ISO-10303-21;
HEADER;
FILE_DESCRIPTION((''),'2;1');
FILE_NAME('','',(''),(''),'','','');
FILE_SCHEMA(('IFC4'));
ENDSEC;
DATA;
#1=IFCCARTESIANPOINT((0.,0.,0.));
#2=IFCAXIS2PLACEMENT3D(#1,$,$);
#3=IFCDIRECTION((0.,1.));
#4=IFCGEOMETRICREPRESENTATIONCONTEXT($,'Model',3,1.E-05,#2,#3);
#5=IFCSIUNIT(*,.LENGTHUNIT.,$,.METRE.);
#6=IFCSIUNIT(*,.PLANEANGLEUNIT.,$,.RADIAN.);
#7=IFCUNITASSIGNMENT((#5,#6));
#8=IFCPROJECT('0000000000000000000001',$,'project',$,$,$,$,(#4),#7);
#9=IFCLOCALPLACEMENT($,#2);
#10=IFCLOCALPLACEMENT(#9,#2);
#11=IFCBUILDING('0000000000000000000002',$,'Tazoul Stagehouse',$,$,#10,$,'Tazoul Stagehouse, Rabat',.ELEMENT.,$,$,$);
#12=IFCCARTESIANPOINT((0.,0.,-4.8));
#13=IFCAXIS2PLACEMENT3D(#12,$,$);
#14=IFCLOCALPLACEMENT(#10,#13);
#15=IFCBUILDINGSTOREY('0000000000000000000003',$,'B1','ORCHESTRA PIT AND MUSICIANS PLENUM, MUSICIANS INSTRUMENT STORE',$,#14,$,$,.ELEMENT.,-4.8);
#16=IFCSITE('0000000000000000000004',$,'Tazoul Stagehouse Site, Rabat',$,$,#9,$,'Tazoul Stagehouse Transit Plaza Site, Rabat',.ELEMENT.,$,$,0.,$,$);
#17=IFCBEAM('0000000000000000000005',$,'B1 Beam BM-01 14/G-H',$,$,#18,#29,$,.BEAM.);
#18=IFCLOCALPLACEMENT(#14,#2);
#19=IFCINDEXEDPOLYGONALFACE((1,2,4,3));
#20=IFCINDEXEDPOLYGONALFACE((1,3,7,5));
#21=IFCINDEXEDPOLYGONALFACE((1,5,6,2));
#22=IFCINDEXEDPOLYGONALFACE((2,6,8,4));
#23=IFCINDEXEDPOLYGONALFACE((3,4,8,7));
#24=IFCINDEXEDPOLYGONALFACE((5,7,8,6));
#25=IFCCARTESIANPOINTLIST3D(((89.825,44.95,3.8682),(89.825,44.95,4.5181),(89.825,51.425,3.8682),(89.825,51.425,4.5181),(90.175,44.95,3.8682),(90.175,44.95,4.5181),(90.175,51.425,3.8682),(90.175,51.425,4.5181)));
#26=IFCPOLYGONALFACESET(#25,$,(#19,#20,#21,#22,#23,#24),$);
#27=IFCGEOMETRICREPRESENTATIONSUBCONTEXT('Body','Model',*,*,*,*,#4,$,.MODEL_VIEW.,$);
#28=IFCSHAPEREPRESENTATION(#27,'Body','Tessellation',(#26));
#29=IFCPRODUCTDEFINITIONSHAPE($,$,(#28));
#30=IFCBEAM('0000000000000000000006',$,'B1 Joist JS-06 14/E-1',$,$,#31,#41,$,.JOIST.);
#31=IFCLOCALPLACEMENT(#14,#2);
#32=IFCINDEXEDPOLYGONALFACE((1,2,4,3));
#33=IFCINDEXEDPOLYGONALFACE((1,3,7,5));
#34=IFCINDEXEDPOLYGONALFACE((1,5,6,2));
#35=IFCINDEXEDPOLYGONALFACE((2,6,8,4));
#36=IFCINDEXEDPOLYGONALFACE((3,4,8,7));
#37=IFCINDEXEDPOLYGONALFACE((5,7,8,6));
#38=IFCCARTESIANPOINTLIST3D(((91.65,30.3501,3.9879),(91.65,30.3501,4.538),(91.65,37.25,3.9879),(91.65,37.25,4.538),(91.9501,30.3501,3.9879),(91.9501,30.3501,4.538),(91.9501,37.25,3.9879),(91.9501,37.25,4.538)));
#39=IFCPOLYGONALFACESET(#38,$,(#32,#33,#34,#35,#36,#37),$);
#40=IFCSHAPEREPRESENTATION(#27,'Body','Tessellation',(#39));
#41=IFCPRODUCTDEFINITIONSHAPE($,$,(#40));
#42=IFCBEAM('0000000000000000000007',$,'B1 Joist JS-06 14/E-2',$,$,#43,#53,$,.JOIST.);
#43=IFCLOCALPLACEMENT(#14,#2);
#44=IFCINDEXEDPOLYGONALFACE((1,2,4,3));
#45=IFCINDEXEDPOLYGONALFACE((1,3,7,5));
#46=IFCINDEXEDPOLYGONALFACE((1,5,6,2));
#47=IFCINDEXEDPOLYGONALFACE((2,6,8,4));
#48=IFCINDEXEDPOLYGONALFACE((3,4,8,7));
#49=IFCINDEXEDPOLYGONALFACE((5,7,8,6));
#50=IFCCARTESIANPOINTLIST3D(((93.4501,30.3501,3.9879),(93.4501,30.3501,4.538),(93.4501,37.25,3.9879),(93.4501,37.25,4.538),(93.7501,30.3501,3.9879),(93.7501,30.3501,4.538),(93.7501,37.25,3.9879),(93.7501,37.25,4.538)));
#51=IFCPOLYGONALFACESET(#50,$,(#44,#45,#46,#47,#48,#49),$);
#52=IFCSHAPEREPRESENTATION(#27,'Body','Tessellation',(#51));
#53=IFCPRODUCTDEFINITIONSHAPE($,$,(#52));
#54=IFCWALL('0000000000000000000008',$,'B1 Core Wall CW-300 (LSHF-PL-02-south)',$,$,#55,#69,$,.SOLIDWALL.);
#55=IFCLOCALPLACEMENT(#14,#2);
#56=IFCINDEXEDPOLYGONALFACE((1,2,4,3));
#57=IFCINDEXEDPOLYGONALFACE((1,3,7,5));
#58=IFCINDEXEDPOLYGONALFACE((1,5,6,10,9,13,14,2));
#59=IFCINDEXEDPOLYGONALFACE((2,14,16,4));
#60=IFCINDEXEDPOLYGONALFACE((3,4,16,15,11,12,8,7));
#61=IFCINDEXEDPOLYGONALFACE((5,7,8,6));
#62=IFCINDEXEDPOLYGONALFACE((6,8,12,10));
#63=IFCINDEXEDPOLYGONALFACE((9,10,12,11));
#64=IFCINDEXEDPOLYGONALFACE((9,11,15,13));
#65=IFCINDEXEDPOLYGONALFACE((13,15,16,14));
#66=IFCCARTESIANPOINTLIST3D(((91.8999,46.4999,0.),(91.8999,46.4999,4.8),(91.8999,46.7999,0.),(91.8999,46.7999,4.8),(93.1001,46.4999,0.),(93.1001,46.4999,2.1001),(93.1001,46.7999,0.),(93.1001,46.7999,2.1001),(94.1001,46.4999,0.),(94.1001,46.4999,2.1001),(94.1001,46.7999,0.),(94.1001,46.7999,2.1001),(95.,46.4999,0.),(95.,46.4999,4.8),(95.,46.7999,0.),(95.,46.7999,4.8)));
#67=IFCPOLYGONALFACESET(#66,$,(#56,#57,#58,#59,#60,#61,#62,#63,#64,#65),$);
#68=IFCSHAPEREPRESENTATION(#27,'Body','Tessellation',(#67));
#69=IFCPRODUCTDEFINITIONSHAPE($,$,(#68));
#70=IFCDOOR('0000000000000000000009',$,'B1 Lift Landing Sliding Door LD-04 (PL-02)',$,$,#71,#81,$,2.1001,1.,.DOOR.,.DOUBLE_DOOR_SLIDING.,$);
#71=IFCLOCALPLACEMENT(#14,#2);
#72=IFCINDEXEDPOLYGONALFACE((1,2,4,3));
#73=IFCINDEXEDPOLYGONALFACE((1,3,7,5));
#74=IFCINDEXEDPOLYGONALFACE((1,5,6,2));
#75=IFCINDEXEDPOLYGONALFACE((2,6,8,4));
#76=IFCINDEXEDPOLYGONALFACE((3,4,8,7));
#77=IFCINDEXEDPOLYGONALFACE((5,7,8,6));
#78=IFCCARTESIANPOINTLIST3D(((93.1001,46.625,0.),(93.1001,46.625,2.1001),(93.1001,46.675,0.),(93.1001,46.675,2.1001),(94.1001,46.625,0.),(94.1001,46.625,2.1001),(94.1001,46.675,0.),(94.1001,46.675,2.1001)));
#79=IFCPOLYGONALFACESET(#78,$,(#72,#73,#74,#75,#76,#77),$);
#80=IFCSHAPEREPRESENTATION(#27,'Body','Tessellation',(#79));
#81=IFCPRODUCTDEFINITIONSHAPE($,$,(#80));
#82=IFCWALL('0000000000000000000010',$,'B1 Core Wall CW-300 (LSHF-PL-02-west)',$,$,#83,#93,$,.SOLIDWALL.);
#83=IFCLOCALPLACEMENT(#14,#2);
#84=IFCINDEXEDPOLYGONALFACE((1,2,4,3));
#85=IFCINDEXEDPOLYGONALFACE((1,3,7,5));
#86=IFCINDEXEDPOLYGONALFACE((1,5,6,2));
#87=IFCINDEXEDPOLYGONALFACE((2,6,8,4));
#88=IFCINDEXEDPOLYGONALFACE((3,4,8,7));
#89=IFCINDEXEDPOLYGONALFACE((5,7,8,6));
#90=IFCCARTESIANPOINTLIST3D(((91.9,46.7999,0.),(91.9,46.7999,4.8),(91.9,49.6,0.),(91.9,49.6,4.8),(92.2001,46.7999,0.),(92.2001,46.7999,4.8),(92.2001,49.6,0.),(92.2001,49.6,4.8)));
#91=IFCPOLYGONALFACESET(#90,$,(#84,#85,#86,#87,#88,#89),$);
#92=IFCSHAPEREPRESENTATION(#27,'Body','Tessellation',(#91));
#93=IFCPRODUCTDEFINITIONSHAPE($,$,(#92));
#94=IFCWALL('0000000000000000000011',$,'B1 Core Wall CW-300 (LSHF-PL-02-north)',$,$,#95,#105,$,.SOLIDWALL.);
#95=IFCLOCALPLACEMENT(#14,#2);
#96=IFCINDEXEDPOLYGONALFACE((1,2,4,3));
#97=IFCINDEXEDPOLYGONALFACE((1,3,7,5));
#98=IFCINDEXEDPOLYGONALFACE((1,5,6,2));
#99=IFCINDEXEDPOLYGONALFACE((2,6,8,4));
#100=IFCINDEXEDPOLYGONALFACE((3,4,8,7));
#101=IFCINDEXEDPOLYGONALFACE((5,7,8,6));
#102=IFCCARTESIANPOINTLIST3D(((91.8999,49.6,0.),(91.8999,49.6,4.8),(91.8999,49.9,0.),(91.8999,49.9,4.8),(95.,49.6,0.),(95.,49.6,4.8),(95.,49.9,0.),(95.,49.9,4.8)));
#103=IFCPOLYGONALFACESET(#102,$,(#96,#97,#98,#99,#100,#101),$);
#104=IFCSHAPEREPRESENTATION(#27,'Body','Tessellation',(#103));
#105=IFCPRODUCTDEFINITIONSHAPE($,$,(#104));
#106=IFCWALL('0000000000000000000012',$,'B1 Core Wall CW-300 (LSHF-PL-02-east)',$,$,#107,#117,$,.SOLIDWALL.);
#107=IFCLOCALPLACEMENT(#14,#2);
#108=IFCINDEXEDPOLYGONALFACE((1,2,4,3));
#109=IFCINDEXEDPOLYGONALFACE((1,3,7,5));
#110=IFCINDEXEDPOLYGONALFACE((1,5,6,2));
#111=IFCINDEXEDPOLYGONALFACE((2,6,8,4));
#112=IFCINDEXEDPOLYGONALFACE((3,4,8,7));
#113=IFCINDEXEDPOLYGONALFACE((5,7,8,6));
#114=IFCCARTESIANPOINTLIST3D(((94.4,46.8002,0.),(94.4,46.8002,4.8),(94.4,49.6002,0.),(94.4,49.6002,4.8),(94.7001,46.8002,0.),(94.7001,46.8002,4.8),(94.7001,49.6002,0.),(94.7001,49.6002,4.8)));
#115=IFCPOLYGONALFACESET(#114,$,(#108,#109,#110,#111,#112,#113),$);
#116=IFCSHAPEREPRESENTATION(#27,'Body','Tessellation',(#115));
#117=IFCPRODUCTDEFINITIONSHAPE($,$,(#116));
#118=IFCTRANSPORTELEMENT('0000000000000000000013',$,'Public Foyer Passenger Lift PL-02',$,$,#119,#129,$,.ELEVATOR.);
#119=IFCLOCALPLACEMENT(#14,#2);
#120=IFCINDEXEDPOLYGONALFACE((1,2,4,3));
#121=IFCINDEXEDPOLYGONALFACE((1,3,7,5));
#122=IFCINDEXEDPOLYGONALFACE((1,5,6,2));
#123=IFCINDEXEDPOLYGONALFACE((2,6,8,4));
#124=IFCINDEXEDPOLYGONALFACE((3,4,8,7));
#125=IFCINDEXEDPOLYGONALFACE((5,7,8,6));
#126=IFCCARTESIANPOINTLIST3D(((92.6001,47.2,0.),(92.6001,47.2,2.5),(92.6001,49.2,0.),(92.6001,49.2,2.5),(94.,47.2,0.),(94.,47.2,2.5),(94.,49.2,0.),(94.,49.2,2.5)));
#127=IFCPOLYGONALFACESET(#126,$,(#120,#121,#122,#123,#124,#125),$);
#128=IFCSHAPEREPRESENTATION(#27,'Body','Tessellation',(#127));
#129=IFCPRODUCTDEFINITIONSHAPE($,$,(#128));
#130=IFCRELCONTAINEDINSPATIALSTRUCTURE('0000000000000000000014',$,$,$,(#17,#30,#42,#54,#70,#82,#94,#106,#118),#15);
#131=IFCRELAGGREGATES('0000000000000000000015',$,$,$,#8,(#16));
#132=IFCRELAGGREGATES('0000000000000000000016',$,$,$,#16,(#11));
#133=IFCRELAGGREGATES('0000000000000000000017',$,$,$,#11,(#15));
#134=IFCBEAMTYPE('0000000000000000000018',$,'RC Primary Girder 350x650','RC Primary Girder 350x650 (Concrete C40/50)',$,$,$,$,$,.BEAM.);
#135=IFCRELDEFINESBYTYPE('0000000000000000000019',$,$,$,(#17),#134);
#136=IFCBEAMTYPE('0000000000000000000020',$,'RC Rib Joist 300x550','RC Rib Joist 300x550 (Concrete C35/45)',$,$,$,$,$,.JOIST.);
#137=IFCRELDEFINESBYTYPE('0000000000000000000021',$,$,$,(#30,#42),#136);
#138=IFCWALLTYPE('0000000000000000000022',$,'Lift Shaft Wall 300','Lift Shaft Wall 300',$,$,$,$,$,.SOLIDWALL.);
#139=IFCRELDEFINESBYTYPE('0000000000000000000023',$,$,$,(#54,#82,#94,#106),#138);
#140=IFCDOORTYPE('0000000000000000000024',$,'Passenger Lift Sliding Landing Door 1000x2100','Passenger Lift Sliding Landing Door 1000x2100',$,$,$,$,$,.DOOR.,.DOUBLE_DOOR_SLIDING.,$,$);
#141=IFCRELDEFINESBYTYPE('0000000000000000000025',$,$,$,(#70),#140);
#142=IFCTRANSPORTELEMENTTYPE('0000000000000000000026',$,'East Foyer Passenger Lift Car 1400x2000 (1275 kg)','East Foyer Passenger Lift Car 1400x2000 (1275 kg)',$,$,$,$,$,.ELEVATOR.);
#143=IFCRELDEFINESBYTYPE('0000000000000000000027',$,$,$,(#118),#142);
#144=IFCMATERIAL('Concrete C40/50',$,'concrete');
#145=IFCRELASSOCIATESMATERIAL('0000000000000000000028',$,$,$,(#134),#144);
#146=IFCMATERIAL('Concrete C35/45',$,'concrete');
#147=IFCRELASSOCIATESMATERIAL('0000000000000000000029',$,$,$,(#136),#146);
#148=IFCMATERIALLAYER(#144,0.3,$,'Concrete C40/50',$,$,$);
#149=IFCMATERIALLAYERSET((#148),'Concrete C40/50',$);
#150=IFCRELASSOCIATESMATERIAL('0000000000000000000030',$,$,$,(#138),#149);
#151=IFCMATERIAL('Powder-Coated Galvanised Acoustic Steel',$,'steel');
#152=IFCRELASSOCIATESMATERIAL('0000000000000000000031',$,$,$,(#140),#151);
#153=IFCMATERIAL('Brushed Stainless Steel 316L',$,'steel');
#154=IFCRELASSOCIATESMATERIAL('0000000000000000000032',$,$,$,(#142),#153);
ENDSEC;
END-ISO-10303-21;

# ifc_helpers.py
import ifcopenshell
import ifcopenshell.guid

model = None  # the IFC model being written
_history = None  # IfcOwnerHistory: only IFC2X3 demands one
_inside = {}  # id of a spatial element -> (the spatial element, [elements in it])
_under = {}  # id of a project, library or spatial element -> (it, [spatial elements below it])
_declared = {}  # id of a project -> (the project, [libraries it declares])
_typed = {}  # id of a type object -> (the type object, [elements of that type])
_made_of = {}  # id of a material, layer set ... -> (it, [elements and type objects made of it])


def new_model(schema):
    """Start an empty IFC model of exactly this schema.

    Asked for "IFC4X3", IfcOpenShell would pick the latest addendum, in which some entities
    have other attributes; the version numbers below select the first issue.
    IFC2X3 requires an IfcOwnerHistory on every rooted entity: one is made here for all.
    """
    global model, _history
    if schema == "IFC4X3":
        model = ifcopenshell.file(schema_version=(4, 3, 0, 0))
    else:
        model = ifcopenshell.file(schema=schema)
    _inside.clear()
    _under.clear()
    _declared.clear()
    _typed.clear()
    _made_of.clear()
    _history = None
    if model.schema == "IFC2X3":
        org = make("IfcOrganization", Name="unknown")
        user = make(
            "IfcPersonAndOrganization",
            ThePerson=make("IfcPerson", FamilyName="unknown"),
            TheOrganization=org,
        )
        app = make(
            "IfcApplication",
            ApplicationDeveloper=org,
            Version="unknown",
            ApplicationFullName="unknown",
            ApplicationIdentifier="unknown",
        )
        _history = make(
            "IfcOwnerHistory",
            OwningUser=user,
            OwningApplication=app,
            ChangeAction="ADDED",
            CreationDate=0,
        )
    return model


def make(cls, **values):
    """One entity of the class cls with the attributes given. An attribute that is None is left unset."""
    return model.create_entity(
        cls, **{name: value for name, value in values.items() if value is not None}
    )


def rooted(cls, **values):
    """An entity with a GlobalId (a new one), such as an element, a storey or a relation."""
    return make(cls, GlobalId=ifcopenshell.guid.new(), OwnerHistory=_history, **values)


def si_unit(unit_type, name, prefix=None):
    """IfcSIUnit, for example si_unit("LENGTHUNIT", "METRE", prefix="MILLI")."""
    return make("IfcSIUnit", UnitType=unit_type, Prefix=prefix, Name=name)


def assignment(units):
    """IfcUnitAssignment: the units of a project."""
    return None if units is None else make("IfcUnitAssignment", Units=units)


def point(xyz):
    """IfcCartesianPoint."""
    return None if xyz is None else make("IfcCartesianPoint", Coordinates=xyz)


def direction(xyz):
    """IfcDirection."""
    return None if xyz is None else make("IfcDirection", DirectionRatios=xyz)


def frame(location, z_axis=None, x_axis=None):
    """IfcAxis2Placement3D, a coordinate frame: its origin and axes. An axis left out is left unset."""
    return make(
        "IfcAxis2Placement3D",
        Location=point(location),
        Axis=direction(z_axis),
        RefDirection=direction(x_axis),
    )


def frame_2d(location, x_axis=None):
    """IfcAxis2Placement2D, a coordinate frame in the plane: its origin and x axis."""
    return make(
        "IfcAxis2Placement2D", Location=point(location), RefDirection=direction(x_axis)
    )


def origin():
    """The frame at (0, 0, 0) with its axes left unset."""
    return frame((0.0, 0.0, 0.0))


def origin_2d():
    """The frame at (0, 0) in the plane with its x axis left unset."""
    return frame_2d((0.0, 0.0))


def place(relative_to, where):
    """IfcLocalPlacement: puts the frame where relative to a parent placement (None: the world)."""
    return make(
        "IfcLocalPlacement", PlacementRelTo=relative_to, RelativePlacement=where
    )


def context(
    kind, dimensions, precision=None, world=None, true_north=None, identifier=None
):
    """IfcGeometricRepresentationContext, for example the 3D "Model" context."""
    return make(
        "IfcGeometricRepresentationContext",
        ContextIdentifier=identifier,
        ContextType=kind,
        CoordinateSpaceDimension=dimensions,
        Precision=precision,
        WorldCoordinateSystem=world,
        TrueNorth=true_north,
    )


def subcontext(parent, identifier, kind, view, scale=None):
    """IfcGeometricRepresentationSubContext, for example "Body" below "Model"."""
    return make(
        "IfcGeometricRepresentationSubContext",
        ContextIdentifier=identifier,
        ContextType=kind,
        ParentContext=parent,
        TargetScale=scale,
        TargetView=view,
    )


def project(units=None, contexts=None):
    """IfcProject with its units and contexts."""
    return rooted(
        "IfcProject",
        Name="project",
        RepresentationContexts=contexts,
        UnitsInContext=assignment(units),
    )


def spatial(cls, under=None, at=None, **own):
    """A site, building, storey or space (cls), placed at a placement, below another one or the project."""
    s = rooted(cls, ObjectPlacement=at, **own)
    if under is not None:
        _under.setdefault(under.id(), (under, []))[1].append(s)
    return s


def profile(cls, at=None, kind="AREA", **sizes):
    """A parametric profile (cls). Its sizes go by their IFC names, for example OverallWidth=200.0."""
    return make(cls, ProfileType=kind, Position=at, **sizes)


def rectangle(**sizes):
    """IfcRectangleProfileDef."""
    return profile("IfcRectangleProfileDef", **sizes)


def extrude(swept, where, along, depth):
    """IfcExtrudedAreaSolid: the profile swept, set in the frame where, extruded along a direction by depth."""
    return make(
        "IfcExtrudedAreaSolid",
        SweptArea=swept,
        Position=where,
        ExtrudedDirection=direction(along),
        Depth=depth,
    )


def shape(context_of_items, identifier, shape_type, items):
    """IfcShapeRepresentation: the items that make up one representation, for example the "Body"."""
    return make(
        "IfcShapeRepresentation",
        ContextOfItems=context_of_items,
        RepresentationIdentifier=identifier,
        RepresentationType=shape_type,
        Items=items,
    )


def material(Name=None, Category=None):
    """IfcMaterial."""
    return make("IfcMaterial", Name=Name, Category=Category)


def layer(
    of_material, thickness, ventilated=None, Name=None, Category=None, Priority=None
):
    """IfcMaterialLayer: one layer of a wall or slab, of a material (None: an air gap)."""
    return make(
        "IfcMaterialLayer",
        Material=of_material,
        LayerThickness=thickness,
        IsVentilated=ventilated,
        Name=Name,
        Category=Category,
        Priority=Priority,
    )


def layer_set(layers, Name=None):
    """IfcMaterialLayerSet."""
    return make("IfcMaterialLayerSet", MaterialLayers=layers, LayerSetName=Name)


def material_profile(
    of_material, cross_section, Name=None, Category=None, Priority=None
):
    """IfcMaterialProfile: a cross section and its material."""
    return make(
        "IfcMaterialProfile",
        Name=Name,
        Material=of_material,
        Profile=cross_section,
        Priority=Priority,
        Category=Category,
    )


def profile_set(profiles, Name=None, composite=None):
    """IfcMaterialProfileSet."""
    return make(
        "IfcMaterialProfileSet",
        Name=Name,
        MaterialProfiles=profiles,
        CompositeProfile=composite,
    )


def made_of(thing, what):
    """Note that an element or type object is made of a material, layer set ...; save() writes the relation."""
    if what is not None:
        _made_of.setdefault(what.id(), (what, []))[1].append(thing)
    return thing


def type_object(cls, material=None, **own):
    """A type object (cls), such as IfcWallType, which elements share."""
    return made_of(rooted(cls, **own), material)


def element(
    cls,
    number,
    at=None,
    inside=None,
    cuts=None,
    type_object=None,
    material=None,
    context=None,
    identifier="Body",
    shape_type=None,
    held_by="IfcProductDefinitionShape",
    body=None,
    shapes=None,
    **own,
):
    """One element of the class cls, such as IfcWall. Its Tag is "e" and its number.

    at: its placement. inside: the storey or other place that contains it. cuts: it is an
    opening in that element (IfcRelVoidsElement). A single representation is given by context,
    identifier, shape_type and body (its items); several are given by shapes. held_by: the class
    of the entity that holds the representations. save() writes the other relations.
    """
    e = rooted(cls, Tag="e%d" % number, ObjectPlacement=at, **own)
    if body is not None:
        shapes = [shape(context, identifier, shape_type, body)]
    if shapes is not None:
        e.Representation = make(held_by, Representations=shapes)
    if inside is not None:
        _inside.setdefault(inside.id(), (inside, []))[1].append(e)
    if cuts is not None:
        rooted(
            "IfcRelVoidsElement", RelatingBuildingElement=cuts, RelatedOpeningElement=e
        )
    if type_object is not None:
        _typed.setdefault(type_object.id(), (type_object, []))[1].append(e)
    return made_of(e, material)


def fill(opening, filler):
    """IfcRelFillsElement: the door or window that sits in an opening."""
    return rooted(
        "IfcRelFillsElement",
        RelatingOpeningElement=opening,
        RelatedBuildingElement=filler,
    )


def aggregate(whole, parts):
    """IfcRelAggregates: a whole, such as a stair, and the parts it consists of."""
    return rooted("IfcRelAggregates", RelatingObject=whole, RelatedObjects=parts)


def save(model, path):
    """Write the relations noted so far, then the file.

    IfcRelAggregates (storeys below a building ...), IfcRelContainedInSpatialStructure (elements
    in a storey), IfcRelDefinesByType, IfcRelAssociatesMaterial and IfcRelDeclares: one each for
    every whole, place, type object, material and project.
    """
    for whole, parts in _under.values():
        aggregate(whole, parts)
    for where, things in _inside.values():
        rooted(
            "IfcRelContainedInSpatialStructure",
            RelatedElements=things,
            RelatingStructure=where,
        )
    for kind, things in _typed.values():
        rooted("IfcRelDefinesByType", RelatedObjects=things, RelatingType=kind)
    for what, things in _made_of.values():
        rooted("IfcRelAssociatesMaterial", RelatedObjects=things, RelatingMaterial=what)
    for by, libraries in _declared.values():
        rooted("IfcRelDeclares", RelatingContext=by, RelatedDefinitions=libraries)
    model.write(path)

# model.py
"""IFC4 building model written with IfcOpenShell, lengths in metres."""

from ifc_helpers import new_model, si_unit, direction, frame, frame_2d, origin, origin_2d, place, context, subcontext, project, spatial, rectangle, extrude, material, layer, layer_set, material_profile, profile_set, type_object, element, fill, save


model = new_model("IFC4")

# Units and contexts
model_context = context("Model", 3, precision=1e-05, world=origin(), true_north=direction((0.0, 1.0)))
body_context = subcontext(model_context, "Body", "Model", "MODEL_VIEW")
ifc_project = project(units=[si_unit("LENGTHUNIT", "METRE"), si_unit("PLANEANGLEUNIT", "RADIAN")], contexts=[model_context])

# Site, building, storey
site_placement = place(None, origin())
site = spatial("IfcSite", under=ifc_project, at=site_placement, Name="Tazoul Stagehouse Site, Rabat", LongName="Tazoul Stagehouse Transit Plaza Site, Rabat", CompositionType="ELEMENT", RefElevation=0.0)
building_placement = place(site_placement, origin())
building = spatial("IfcBuilding", under=site, at=building_placement, Name="Tazoul Stagehouse", LongName="Tazoul Stagehouse, Rabat", CompositionType="ELEMENT")
storey_placement = place(building_placement, frame((0.0, 0.0, -4.8)))
storey = spatial("IfcBuildingStorey", under=building, at=storey_placement, Name="B1", Description="ORCHESTRA PIT AND MUSICIANS PLENUM, MUSICIANS INSTRUMENT STORE", CompositionType="ELEMENT", Elevation=-4.8)

# Shared definitions
ifc_material_1 = material(Name="Concrete C35/45", Category="concrete")

# Shared definitions
ifc_material_2 = material(Name="Concrete C40/50", Category="concrete")

# Beams
ifc_material_profile_1 = material_profile(ifc_material_2, rectangle(XDim=0.3501, YDim=0.6499, at=origin_2d()), Name="RC 350x650")
ifc_profile_set_1 = profile_set([ifc_material_profile_1], Name="Concrete C40/50")
beam_type_1 = type_object("IfcBeamType", Name="RC Primary Girder 350x650", Description="RC Primary Girder 350x650 (Concrete C40/50)", PredefinedType="BEAM", material=ifc_profile_set_1)
beam_1_placement = place(storey_placement, frame((90.0, 44.95, 4.1931), z_axis=(0.0, 1.0, 0.0), x_axis=(-1.0, 0.0, 0.0)))
element("IfcBeam", 1, at=beam_1_placement, inside=storey, type_object=beam_type_1, Name="B1 Beam BM-01 14/G-H", PredefinedType="BEAM", context=body_context, shape_type="SweptSolid", body=[
    extrude(rectangle(XDim=0.3501, YDim=0.6499, at=origin_2d()), origin(), (0.0, 0.0, 1.0), 6.4751),
])
ifc_material_profile_2 = material_profile(ifc_material_1, rectangle(XDim=0.3, YDim=0.55, at=origin_2d()), Name="RC 300x550")
ifc_profile_set_2 = profile_set([ifc_material_profile_2], Name="Concrete C35/45")
beam_type_2 = type_object("IfcBeamType", Name="RC Rib Joist 300x550", Description="RC Rib Joist 300x550 (Concrete C35/45)", PredefinedType="JOIST", material=ifc_profile_set_2)
for number, where, z_axis, x_axis, name in (
    (2, (91.8, 30.3501, 4.2629), (0.0, 1.0, 0.0), (-1.0, 0.0, 0.0), "B1 Joist JS-06 14/E-1"),
    (3, (93.6001, 30.3501, 4.2629), (0.0, 1.0, 0.0), (-1.0, 0.0, 0.0), "B1 Joist JS-06 14/E-2"),
):
    element("IfcBeam", number, at=place(storey_placement, frame(where, z_axis=z_axis, x_axis=x_axis)), inside=storey, type_object=beam_type_2, Name=name, PredefinedType="JOIST", context=body_context, shape_type="SweptSolid", body=[
        extrude(rectangle(XDim=0.3, YDim=0.55, at=origin_2d()), origin(), (0.0, 0.0, 1.0), 6.8999),
    ])

# Wall, opening, door
ifc_layer = layer(ifc_material_2, 0.3, Name="Concrete C40/50")
ifc_layer_set = layer_set([ifc_layer], Name="Concrete C40/50")
wall_type = type_object("IfcWallType", Name="Lift Shaft Wall 300", Description="Lift Shaft Wall 300", PredefinedType="SOLIDWALL", material=ifc_layer_set)
wall_1_placement = place(storey_placement, frame((95.0, 46.6499, 0.0), z_axis=(0.0, 0.0, 1.0), x_axis=(-1.0, 0.0, 0.0)))
wall_1 = element("IfcWall", 4, at=wall_1_placement, inside=storey, type_object=wall_type, Name="B1 Core Wall CW-300 (LSHF-PL-02-south)", PredefinedType="SOLIDWALL", context=body_context, shape_type="SweptSolid", body=[
    extrude(rectangle(XDim=3.1001, YDim=0.3, at=frame_2d((1.55, 0.0))), origin(), (0.0, 0.0, 1.0), 4.8),
])
opening_placement = place(wall_1_placement, frame((0.8999, 0.0, 0.0)))
opening = element("IfcOpeningElement", 5, at=opening_placement, cuts=wall_1, PredefinedType="OPENING", context=body_context, shape_type="SweptSolid", body=[
    extrude(rectangle(XDim=1.0, YDim=2.1001, at=frame_2d((0.5, 1.05))), frame((0.0, 0.1699, 0.0), z_axis=(0.0, -1.0, 0.0), x_axis=(1.0, 0.0, 0.0)), (0.0, 0.0, 1.0), 0.3401),
])
ifc_material_3 = material(Name="Powder-Coated Galvanised Acoustic Steel", Category="steel")
door_type = type_object("IfcDoorType", Name="Passenger Lift Sliding Landing Door 1000x2100", Description="Passenger Lift Sliding Landing Door 1000x2100", OperationType="DOUBLE_DOOR_SLIDING", PredefinedType="DOOR", material=ifc_material_3)
door_placement = place(opening_placement, origin())
door = element("IfcDoor", 6, at=door_placement, inside=storey, type_object=door_type, Name="B1 Lift Landing Sliding Door LD-04 (PL-02)", OperationType="DOUBLE_DOOR_SLIDING", OverallHeight=2.1001, OverallWidth=1.0, PredefinedType="DOOR", context=body_context, shape_type="SweptSolid", body=[
    extrude(rectangle(XDim=1.0, YDim=2.1001, at=frame_2d((0.5, 1.05))), frame((0.0, 0.0249, 0.0), z_axis=(0.0, -1.0, 0.0), x_axis=(1.0, 0.0, 0.0)), (0.0, 0.0, 1.0), 0.05),
])
fill(opening, door)

# Walls
wall_2_placement = place(storey_placement, frame((92.05, 46.8, 0.0), z_axis=(0.0, 0.0, 1.0), x_axis=(0.0, 1.0, 0.0)))
element("IfcWall", 7, at=wall_2_placement, inside=storey, type_object=wall_type, Name="B1 Core Wall CW-300 (LSHF-PL-02-west)", PredefinedType="SOLIDWALL", context=body_context, shape_type="SweptSolid", body=[
    extrude(rectangle(XDim=2.8, YDim=0.3, at=frame_2d((1.3999, 0.0))), origin(), (0.0, 0.0, 1.0), 4.8),
])
wall_3_placement = place(storey_placement, frame((91.8999, 49.75, 0.0), z_axis=(0.0, 0.0, 1.0), x_axis=(1.0, 0.0, 0.0)))
element("IfcWall", 8, at=wall_3_placement, inside=storey, type_object=wall_type, Name="B1 Core Wall CW-300 (LSHF-PL-02-north)", PredefinedType="SOLIDWALL", context=body_context, shape_type="SweptSolid", body=[
    extrude(rectangle(XDim=3.1001, YDim=0.3, at=frame_2d((1.55, 0.0))), origin(), (0.0, 0.0, 1.0), 4.8),
])
wall_4_placement = place(storey_placement, frame((94.55, 49.6001, 0.0), z_axis=(0.0, 0.0, 1.0), x_axis=(0.0, -1.0, 0.0)))
element("IfcWall", 9, at=wall_4_placement, inside=storey, type_object=wall_type, Name="B1 Core Wall CW-300 (LSHF-PL-02-east)", PredefinedType="SOLIDWALL", context=body_context, shape_type="SweptSolid", body=[
    extrude(rectangle(XDim=2.8, YDim=0.3, at=frame_2d((1.3999, 0.0))), origin(), (0.0, 0.0, 1.0), 4.8),
])

# Transport element
ifc_material_4 = material(Name="Brushed Stainless Steel 316L", Category="steel")
transport_element_type = type_object("IfcTransportElementType", Name="East Foyer Passenger Lift Car 1400x2000 (1275 kg)", Description="East Foyer Passenger Lift Car 1400x2000 (1275 kg)", PredefinedType="ELEVATOR", material=ifc_material_4)
transport_element_placement = place(storey_placement, frame((93.3, 48.2, 0.0), z_axis=(0.0, 0.0, 1.0), x_axis=(1.0, 0.0, 0.0)))
element("IfcTransportElement", 10, at=transport_element_placement, inside=storey, type_object=transport_element_type, Name="Public Foyer Passenger Lift PL-02", PredefinedType="ELEVATOR", context=body_context, shape_type="SweptSolid", body=[
    extrude(rectangle(XDim=1.3999, YDim=2.0, at=origin_2d()), origin(), (0.0, 0.0, 1.0), 2.5),
])

save(model, "model.ifc")
